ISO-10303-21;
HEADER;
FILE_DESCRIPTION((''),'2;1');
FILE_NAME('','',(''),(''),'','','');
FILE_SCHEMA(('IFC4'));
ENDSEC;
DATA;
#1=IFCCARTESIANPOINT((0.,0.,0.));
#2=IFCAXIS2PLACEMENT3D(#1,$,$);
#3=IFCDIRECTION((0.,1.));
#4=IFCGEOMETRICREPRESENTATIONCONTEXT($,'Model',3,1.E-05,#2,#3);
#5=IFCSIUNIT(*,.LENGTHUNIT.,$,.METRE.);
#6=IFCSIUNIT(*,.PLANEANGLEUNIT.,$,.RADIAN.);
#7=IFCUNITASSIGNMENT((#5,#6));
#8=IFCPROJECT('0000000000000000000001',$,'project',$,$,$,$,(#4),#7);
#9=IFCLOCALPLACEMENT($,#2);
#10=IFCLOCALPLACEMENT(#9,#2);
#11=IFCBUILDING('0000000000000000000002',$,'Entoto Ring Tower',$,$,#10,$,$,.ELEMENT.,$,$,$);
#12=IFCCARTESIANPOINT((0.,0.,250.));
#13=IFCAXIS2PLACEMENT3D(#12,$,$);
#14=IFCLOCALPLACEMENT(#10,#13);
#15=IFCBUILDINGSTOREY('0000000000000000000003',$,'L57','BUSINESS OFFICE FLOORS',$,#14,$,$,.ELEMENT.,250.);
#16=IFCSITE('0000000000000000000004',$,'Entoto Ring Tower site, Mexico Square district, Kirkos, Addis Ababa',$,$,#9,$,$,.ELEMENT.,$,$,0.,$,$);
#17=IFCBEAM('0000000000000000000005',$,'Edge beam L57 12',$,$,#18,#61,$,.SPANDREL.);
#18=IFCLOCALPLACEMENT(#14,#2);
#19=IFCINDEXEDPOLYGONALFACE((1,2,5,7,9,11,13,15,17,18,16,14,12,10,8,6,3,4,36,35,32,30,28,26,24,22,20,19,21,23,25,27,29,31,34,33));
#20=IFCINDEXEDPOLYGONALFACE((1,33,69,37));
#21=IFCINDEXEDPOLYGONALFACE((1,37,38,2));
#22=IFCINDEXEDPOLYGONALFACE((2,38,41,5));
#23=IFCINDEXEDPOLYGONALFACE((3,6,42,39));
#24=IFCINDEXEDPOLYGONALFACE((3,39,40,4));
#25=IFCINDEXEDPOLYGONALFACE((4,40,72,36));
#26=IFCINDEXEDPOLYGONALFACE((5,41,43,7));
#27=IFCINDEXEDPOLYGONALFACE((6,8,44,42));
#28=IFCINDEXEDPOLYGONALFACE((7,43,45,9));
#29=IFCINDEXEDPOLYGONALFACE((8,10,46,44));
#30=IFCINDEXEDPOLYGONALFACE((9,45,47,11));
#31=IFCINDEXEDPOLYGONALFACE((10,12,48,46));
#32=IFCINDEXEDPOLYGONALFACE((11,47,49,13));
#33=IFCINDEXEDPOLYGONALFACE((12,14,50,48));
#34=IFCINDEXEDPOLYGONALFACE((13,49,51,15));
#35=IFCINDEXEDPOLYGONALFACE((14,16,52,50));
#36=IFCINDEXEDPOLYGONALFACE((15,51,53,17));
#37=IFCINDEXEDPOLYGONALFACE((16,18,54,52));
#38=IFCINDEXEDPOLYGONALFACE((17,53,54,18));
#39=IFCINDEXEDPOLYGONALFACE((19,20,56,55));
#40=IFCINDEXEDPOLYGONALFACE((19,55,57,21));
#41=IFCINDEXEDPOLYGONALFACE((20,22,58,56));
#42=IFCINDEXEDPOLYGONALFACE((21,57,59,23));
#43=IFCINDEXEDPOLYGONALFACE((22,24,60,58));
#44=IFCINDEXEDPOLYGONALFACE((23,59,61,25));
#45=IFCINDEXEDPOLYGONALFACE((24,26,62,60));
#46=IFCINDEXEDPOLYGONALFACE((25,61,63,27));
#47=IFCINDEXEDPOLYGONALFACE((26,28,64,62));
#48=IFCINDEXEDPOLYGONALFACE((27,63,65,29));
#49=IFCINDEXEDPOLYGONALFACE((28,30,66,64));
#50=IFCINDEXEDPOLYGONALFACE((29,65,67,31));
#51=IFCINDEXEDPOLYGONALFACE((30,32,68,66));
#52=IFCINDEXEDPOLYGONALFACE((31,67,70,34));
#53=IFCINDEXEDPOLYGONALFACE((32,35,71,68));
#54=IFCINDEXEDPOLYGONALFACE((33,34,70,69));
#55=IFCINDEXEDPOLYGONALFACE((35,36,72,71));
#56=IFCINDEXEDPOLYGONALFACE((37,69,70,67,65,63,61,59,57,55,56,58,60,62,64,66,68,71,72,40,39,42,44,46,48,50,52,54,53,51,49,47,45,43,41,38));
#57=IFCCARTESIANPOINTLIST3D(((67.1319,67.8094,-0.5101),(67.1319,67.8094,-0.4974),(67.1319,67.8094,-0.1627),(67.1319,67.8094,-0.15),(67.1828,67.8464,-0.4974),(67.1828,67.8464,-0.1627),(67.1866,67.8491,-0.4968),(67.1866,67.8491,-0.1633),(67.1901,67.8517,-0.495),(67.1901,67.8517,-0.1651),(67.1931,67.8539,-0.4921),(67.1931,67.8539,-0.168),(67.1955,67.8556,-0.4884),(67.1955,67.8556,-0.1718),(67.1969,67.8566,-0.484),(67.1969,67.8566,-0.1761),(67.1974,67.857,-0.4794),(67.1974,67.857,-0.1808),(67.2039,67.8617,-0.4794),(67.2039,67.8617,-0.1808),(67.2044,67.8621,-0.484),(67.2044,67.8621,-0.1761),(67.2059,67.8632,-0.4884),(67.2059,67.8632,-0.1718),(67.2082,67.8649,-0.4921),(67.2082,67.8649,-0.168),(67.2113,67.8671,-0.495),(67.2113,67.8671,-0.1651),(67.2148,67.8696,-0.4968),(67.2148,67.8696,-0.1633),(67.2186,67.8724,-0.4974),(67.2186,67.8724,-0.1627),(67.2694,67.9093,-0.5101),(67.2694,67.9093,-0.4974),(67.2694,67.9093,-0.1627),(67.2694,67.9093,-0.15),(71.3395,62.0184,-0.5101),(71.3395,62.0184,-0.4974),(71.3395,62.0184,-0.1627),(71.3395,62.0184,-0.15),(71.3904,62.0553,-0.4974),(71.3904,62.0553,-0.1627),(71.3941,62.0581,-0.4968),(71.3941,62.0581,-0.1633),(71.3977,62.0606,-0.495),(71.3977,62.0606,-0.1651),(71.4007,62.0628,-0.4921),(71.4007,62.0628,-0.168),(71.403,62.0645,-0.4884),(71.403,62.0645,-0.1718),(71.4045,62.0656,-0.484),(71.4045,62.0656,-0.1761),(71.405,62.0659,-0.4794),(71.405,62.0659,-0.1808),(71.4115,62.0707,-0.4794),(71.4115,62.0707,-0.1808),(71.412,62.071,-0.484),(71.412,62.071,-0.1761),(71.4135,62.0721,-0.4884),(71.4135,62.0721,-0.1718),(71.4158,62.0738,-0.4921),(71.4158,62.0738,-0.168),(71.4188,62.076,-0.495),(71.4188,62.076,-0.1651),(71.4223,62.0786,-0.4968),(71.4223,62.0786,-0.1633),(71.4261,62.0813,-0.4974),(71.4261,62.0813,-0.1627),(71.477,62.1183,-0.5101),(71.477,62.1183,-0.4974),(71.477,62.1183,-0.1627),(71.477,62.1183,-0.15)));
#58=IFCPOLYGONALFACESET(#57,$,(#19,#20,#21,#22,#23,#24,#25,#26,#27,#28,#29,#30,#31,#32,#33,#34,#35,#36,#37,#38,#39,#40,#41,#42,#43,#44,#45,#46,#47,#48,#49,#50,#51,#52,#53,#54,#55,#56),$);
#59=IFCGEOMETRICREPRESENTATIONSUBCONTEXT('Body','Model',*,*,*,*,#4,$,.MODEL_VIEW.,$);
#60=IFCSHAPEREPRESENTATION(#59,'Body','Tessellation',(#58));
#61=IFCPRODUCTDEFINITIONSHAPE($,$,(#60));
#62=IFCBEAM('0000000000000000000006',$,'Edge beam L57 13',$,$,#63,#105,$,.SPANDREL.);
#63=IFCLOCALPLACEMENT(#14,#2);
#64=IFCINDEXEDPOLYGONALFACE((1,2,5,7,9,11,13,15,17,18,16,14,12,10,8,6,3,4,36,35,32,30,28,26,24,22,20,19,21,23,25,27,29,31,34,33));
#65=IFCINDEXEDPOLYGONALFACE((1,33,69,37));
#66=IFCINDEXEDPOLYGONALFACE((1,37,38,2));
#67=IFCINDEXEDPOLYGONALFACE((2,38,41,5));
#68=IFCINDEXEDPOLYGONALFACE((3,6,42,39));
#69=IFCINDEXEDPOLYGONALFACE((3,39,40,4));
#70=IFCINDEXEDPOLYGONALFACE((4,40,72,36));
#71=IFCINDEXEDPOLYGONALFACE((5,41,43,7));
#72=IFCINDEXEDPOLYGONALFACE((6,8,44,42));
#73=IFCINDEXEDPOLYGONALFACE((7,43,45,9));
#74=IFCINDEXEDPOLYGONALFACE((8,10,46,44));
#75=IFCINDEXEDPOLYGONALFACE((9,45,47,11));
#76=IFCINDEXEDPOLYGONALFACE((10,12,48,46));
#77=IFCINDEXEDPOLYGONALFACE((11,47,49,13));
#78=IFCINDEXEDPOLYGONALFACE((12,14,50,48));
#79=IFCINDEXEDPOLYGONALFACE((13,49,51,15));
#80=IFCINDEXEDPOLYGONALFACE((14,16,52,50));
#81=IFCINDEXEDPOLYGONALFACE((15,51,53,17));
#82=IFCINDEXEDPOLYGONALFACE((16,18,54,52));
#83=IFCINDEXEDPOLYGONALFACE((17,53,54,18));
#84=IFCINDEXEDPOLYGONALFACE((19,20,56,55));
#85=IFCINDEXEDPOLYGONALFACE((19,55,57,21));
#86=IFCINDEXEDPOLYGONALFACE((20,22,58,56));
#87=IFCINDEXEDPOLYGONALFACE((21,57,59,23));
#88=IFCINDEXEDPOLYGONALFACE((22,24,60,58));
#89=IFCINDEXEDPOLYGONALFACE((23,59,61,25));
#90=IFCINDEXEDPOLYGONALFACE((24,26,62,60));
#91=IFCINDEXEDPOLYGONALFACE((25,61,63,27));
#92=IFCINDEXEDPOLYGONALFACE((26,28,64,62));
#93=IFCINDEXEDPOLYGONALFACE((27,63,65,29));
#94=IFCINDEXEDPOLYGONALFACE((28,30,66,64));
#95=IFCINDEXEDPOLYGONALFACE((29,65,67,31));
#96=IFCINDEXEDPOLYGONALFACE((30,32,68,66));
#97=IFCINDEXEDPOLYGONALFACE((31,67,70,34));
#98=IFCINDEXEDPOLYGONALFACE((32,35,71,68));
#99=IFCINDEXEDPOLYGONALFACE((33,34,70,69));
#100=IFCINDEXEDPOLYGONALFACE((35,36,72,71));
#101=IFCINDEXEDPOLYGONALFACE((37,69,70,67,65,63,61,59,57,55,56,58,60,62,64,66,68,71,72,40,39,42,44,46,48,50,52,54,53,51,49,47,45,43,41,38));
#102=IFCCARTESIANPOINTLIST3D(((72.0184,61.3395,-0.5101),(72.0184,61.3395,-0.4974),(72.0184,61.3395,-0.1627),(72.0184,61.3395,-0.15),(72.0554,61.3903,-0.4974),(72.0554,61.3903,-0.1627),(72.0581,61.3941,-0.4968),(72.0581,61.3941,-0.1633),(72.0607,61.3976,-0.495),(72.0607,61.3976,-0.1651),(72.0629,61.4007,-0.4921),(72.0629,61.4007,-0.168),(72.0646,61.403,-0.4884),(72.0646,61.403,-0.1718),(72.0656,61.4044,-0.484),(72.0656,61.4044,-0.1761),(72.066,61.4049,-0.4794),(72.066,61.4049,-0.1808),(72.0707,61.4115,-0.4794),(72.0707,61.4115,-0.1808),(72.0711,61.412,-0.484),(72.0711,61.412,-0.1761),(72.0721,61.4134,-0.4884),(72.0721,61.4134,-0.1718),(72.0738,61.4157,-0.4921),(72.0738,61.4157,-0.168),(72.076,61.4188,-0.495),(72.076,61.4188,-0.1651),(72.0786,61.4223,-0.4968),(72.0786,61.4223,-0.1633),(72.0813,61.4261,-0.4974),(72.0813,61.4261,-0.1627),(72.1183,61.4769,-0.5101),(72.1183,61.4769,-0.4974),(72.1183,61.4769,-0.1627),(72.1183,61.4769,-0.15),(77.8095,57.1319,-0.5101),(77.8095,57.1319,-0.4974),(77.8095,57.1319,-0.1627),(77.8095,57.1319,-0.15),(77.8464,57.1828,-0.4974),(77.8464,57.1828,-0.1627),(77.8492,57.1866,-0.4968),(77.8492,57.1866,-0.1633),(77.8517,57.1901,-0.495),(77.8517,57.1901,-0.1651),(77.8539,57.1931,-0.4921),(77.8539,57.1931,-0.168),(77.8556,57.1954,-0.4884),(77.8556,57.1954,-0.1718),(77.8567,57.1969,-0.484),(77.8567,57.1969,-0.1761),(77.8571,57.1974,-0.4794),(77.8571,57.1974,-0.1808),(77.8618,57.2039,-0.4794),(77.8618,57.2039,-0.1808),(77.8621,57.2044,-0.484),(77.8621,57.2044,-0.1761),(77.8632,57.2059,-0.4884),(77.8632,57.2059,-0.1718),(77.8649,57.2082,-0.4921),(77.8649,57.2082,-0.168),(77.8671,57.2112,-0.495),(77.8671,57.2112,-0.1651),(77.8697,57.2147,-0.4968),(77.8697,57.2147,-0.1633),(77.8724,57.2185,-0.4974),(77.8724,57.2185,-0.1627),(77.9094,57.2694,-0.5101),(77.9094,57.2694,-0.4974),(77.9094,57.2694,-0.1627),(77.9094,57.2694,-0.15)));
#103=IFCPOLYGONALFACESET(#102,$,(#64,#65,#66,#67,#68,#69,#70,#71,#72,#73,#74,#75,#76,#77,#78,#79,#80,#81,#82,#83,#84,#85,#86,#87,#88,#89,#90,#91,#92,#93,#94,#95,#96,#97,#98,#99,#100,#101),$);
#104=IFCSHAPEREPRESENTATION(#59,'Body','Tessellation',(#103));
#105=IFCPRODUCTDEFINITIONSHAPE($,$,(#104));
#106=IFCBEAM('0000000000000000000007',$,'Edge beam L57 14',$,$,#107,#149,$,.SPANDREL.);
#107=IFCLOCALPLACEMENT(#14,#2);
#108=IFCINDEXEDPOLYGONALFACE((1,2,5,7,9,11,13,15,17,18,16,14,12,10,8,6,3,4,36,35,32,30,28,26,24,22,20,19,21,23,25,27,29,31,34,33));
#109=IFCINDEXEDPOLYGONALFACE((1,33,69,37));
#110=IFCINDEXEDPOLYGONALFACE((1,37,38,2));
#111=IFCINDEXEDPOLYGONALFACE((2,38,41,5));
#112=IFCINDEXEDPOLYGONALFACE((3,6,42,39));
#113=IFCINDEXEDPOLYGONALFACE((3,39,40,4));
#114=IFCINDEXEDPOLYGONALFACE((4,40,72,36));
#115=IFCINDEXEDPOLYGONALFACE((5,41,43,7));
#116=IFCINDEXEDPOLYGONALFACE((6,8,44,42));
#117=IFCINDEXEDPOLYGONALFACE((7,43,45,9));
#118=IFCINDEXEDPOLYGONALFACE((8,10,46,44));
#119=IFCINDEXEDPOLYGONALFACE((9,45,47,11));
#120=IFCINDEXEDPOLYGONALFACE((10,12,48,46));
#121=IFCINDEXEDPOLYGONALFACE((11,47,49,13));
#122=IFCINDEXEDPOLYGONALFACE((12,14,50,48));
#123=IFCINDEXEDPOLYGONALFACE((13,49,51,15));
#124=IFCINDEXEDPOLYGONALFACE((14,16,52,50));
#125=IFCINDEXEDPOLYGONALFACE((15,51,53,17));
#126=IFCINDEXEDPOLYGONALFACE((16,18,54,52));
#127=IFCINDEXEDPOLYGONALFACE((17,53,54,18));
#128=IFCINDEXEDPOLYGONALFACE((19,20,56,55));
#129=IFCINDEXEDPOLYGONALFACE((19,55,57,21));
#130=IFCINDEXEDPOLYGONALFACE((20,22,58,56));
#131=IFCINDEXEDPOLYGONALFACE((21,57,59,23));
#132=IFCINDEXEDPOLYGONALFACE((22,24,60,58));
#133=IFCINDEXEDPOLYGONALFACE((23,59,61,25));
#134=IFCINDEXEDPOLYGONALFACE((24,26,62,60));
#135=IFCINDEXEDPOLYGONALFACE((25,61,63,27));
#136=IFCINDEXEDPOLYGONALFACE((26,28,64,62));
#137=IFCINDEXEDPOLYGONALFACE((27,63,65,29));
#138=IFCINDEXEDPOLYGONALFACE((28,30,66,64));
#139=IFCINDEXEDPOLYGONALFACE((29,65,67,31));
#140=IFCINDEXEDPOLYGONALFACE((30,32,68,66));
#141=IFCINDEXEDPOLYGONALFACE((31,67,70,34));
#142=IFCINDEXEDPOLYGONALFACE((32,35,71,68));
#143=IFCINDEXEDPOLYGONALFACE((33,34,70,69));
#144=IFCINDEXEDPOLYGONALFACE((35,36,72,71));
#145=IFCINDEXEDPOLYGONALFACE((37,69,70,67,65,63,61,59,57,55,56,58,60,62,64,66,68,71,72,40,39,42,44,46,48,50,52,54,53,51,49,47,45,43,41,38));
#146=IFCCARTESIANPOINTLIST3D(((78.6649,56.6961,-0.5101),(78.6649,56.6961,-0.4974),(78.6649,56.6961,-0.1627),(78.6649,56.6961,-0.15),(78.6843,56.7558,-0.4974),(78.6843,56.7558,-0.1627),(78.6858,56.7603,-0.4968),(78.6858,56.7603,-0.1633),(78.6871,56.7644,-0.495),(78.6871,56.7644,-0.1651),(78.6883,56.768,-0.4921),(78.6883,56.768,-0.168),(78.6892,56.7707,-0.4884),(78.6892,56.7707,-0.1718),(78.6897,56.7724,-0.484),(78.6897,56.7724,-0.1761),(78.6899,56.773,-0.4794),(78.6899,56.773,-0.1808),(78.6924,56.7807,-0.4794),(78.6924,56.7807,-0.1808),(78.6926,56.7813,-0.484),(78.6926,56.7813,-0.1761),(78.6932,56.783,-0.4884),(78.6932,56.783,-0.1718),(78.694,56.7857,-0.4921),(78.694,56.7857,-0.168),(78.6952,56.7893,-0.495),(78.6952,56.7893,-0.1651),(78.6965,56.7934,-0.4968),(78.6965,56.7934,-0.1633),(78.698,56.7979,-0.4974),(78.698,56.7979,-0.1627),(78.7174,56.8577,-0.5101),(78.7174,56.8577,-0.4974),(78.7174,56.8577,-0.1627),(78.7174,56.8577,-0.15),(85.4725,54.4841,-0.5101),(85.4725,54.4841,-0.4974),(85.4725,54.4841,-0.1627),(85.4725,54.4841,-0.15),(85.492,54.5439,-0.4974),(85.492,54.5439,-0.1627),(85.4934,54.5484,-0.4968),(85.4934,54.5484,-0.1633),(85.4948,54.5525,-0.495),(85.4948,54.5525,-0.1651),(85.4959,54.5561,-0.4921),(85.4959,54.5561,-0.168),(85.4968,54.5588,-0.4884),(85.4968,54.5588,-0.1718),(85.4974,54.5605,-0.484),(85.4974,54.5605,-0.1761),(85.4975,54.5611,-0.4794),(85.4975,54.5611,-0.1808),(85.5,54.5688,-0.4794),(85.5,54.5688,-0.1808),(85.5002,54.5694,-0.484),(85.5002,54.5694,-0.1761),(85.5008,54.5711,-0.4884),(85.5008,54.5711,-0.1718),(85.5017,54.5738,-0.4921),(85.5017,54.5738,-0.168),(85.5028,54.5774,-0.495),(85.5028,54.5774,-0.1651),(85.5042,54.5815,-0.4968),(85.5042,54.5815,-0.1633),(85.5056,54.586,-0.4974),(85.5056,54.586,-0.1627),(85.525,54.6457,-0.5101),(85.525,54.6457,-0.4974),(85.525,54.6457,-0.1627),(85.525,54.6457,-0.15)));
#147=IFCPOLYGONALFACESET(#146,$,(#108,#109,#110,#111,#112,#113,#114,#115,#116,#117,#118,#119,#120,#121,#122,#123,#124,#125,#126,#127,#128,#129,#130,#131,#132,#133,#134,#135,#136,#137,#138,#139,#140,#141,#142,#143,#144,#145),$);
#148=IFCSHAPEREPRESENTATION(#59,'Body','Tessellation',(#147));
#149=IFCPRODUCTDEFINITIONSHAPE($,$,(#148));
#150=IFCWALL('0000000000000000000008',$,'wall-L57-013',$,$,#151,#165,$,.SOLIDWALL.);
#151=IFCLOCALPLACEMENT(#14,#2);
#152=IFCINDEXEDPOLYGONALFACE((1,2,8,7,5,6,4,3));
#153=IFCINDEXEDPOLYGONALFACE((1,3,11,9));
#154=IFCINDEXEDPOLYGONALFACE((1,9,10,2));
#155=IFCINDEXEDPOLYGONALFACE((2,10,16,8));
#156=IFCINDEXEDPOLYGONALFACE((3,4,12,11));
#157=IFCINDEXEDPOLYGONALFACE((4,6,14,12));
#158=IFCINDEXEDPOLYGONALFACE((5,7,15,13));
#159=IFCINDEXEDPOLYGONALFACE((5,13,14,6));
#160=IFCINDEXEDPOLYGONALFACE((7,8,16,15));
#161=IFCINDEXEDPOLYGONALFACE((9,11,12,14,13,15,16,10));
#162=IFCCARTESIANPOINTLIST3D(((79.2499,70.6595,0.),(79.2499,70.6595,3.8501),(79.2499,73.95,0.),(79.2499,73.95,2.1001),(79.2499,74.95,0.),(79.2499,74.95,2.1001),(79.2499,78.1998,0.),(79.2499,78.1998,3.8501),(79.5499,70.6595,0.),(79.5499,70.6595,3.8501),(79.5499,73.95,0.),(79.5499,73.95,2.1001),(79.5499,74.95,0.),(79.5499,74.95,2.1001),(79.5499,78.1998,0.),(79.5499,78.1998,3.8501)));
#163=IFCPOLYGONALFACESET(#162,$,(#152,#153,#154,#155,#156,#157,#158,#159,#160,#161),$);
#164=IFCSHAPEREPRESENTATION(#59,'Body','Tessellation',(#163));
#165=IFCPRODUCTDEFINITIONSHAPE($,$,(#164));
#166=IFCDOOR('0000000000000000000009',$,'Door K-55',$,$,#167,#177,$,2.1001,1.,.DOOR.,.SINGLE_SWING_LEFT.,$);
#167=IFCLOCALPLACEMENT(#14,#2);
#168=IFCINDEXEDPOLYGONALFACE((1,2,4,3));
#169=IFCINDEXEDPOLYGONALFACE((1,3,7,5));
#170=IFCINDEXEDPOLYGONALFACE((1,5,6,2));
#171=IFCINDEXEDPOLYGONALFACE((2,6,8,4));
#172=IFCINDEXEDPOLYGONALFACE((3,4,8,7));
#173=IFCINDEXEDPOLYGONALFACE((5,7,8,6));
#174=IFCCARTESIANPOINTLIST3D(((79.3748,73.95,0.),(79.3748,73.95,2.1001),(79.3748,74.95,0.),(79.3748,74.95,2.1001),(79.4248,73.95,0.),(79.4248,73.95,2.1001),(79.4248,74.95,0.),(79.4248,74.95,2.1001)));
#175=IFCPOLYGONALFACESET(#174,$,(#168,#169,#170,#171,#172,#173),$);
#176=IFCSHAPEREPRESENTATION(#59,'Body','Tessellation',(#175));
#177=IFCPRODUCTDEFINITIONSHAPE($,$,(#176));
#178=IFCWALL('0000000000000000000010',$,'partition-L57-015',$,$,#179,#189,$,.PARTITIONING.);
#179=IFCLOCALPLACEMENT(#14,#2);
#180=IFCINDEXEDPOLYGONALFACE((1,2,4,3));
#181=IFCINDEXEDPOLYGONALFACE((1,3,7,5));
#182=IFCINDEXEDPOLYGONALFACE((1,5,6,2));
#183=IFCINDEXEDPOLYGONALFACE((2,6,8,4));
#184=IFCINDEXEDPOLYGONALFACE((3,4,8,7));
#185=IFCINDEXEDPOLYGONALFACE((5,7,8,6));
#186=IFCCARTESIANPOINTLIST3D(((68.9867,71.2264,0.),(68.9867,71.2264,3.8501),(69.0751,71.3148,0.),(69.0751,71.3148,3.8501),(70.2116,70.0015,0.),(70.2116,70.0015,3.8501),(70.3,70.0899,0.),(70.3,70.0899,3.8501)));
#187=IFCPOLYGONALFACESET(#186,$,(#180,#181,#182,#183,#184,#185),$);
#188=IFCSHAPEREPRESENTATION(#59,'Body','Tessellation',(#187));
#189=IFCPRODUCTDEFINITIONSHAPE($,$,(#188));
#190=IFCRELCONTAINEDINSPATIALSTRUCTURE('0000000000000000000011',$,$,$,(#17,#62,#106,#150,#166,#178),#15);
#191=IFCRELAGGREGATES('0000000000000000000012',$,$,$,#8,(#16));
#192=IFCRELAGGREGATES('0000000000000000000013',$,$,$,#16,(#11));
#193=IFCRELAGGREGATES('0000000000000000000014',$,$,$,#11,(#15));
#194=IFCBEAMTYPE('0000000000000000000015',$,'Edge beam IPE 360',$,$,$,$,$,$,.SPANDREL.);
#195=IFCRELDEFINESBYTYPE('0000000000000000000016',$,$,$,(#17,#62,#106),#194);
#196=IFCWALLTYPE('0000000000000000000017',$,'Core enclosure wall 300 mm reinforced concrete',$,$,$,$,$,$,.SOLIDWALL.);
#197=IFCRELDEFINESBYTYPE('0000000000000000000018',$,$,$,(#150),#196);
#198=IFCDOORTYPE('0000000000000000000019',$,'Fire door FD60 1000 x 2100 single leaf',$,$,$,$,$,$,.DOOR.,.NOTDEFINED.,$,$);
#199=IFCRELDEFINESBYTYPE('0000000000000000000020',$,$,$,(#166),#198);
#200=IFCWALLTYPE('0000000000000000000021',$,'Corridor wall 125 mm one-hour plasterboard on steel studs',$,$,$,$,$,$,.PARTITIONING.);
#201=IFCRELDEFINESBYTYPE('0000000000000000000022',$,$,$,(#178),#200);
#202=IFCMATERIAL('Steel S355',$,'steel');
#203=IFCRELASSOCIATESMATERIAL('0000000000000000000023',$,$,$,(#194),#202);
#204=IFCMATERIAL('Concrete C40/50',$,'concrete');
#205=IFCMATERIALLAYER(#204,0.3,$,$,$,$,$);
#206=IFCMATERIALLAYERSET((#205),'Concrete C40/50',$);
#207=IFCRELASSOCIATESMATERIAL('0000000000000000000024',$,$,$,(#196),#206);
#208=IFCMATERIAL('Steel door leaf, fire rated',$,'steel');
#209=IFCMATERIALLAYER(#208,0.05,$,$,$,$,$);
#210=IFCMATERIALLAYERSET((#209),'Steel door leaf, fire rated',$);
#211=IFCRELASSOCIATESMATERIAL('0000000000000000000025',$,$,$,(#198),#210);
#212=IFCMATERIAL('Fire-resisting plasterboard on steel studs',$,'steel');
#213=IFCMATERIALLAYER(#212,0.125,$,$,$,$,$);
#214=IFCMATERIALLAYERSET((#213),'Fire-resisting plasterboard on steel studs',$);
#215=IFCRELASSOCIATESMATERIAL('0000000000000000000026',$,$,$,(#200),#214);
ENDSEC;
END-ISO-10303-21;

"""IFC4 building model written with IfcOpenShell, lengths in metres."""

from ifc_helpers import new_model, si_unit, direction, frame, frame_2d, origin, origin_2d, place, context, subcontext, project, spatial, rectangle, i_section, extrude, material, layer, layer_set, material_profile, profile_set, type_object, element, fill, save


model = new_model("IFC4")

# Units and contexts
model_context = context("Model", 3, precision=1e-05, world=origin(), true_north=direction((0.0, 1.0)))
body_context = subcontext(model_context, "Body", "Model", "MODEL_VIEW")
ifc_project = project(units=[si_unit("LENGTHUNIT", "METRE"), si_unit("PLANEANGLEUNIT", "RADIAN")], contexts=[model_context])

# Site, building, storey
site_placement = place(None, origin())
site = spatial("IfcSite", under=ifc_project, at=site_placement, Name="Entoto Ring Tower site, Mexico Square district, Kirkos, Addis Ababa", CompositionType="ELEMENT", RefElevation=0.0)
building_placement = place(site_placement, origin())
building = spatial("IfcBuilding", under=site, at=building_placement, Name="Entoto Ring Tower", CompositionType="ELEMENT")
storey_placement = place(building_placement, frame((0.0, 0.0, 250.0)))
storey = spatial("IfcBuildingStorey", under=building, at=storey_placement, Name="L57", Description="BUSINESS OFFICE FLOORS", CompositionType="ELEMENT", Elevation=250.0)

# Beams
ifc_material_1 = material(Name="Steel S355", Category="steel")
ifc_material_profile_1 = material_profile(ifc_material_1, i_section(OverallWidth=0.1699, OverallDepth=0.3601, WebThickness=0.0081, FlangeThickness=0.0127, FilletRadius=0.0181, at=origin_2d()), Name="IPE 360")
ifc_profile_set_1 = profile_set([ifc_material_profile_1], Name="Steel S355")
beam_type = type_object("IfcBeamType", Name="Edge beam IPE 360", PredefinedType="SPANDREL", material=ifc_profile_set_1)
for number, where, z_axis, x_axis, name in (
    (1, (67.2007, 67.8594, -0.3301), (0.587794, -0.80901, 0.0), (0.80901, 0.587794, 0.0), "Edge beam L57 12"),
    (2, (72.0684, 61.4082, -0.3301), (0.80901, -0.587794, 0.0), (0.587794, 0.80901, 0.0), "Edge beam L57 13"),
):
    element("IfcBeam", number, at=place(storey_placement, frame(where, z_axis=z_axis, x_axis=x_axis)), inside=storey, type_object=beam_type, Name=name, PredefinedType="SPANDREL", context=body_context, shape_type="SweptSolid", body=[
        extrude(i_section(OverallWidth=0.1699, OverallDepth=0.3601, WebThickness=0.0081, FlangeThickness=0.0127, FilletRadius=0.0181, at=origin_2d()), origin(), (0.0, 0.0, 1.0), 7.1582),
    ])
beam_placement = place(storey_placement, frame((78.6912, 56.7769, -0.3301), z_axis=(0.951057, -0.309015, 0.0), x_axis=(0.309015, 0.951057, 0.0)))
element("IfcBeam", 3, at=beam_placement, inside=storey, type_object=beam_type, Name="Edge beam L57 14", PredefinedType="SPANDREL", context=body_context, shape_type="SweptSolid", body=[
    extrude(i_section(OverallWidth=0.1699, OverallDepth=0.3601, WebThickness=0.0081, FlangeThickness=0.0127, FilletRadius=0.0181, at=origin_2d()), origin(), (0.0, 0.0, 1.0), 7.158),
])

# Wall, opening, door
ifc_material_2 = material(Name="Concrete C40/50", Category="concrete")
ifc_layer_1 = layer(ifc_material_2, 0.3)
ifc_layer_set_1 = layer_set([ifc_layer_1], Name="Concrete C40/50")
wall_type_1 = type_object("IfcWallType", Name="Core enclosure wall 300 mm reinforced concrete", PredefinedType="SOLIDWALL", material=ifc_layer_set_1)
wall_1_placement = place(storey_placement, frame((79.3999, 70.6597, 0.0), z_axis=(0.0, 0.0, 1.0), x_axis=(0.0, 1.0, 0.0)))
wall_1 = element("IfcWall", 4, at=wall_1_placement, inside=storey, type_object=wall_type_1, Name="wall-L57-013", PredefinedType="SOLIDWALL", context=body_context, shape_type="SweptSolid", body=[
    extrude(rectangle(XDim=7.5403, YDim=0.3, at=frame_2d((3.77, 0.0))), origin(), (0.0, 0.0, 1.0), 3.8501),
])
opening_placement = place(wall_1_placement, frame((3.2903, 0.0, 0.0)))
opening = element("IfcOpeningElement", 5, at=opening_placement, cuts=wall_1, PredefinedType="OPENING", context=body_context, shape_type="SweptSolid", body=[
    extrude(rectangle(XDim=1.0, YDim=2.1001, at=frame_2d((0.5, 1.05))), frame((0.0, 0.1602, 0.0), z_axis=(0.0, -1.0, 0.0), x_axis=(1.0, 0.0, 0.0)), (0.0, 0.0, 1.0), 0.3201),
])
ifc_material_3 = material(Name="Steel door leaf, fire rated", Category="steel")
ifc_layer_2 = layer(ifc_material_3, 0.05)
ifc_layer_set_2 = layer_set([ifc_layer_2], Name="Steel door leaf, fire rated")
door_type = type_object("IfcDoorType", Name="Fire door FD60 1000 x 2100 single leaf", OperationType="NOTDEFINED", PredefinedType="DOOR", material=ifc_layer_set_2)
door_placement = place(opening_placement, frame((1.0, 0.0, 0.0), z_axis=(0.0, 0.0, 1.0), x_axis=(-1.0, 0.0, 0.0)))
door = element("IfcDoor", 6, at=door_placement, inside=storey, type_object=door_type, Name="Door K-55", OperationType="SINGLE_SWING_LEFT", OverallHeight=2.1001, OverallWidth=1.0, PredefinedType="DOOR", context=body_context, shape_type="SweptSolid", body=[
    extrude(rectangle(XDim=1.0, YDim=2.1001, at=frame_2d((0.5, 1.05))), frame((0.0, 0.0249, 0.0), z_axis=(0.0, -1.0, 0.0), x_axis=(1.0, 0.0, 0.0)), (0.0, 0.0, 1.0), 0.05),
])
fill(opening, door)

# Wall
ifc_material_4 = material(Name="Fire-resisting plasterboard on steel studs", Category="steel")
ifc_layer_3 = layer(ifc_material_4, 0.125)
ifc_layer_set_3 = layer_set([ifc_layer_3], Name="Fire-resisting plasterboard on steel studs")
wall_type_2 = type_object("IfcWallType", Name="Corridor wall 125 mm one-hour plasterboard on steel studs", PredefinedType="PARTITIONING", material=ifc_layer_set_3)
wall_2_placement = place(storey_placement, frame((70.2559, 70.0457, 0.0), z_axis=(0.0, 0.0, 1.0), x_axis=(-0.707107, 0.707107, 0.0)))
element("IfcWall", 7, at=wall_2_placement, inside=storey, type_object=wall_type_2, Name="partition-L57-015", PredefinedType="PARTITIONING", context=body_context, shape_type="SweptSolid", body=[
    extrude(rectangle(XDim=1.7322, YDim=0.125, at=frame_2d((0.8662, 0.0))), origin(), (0.0, 0.0, 1.0), 3.8501),
])

save(model, "model.ifc")
